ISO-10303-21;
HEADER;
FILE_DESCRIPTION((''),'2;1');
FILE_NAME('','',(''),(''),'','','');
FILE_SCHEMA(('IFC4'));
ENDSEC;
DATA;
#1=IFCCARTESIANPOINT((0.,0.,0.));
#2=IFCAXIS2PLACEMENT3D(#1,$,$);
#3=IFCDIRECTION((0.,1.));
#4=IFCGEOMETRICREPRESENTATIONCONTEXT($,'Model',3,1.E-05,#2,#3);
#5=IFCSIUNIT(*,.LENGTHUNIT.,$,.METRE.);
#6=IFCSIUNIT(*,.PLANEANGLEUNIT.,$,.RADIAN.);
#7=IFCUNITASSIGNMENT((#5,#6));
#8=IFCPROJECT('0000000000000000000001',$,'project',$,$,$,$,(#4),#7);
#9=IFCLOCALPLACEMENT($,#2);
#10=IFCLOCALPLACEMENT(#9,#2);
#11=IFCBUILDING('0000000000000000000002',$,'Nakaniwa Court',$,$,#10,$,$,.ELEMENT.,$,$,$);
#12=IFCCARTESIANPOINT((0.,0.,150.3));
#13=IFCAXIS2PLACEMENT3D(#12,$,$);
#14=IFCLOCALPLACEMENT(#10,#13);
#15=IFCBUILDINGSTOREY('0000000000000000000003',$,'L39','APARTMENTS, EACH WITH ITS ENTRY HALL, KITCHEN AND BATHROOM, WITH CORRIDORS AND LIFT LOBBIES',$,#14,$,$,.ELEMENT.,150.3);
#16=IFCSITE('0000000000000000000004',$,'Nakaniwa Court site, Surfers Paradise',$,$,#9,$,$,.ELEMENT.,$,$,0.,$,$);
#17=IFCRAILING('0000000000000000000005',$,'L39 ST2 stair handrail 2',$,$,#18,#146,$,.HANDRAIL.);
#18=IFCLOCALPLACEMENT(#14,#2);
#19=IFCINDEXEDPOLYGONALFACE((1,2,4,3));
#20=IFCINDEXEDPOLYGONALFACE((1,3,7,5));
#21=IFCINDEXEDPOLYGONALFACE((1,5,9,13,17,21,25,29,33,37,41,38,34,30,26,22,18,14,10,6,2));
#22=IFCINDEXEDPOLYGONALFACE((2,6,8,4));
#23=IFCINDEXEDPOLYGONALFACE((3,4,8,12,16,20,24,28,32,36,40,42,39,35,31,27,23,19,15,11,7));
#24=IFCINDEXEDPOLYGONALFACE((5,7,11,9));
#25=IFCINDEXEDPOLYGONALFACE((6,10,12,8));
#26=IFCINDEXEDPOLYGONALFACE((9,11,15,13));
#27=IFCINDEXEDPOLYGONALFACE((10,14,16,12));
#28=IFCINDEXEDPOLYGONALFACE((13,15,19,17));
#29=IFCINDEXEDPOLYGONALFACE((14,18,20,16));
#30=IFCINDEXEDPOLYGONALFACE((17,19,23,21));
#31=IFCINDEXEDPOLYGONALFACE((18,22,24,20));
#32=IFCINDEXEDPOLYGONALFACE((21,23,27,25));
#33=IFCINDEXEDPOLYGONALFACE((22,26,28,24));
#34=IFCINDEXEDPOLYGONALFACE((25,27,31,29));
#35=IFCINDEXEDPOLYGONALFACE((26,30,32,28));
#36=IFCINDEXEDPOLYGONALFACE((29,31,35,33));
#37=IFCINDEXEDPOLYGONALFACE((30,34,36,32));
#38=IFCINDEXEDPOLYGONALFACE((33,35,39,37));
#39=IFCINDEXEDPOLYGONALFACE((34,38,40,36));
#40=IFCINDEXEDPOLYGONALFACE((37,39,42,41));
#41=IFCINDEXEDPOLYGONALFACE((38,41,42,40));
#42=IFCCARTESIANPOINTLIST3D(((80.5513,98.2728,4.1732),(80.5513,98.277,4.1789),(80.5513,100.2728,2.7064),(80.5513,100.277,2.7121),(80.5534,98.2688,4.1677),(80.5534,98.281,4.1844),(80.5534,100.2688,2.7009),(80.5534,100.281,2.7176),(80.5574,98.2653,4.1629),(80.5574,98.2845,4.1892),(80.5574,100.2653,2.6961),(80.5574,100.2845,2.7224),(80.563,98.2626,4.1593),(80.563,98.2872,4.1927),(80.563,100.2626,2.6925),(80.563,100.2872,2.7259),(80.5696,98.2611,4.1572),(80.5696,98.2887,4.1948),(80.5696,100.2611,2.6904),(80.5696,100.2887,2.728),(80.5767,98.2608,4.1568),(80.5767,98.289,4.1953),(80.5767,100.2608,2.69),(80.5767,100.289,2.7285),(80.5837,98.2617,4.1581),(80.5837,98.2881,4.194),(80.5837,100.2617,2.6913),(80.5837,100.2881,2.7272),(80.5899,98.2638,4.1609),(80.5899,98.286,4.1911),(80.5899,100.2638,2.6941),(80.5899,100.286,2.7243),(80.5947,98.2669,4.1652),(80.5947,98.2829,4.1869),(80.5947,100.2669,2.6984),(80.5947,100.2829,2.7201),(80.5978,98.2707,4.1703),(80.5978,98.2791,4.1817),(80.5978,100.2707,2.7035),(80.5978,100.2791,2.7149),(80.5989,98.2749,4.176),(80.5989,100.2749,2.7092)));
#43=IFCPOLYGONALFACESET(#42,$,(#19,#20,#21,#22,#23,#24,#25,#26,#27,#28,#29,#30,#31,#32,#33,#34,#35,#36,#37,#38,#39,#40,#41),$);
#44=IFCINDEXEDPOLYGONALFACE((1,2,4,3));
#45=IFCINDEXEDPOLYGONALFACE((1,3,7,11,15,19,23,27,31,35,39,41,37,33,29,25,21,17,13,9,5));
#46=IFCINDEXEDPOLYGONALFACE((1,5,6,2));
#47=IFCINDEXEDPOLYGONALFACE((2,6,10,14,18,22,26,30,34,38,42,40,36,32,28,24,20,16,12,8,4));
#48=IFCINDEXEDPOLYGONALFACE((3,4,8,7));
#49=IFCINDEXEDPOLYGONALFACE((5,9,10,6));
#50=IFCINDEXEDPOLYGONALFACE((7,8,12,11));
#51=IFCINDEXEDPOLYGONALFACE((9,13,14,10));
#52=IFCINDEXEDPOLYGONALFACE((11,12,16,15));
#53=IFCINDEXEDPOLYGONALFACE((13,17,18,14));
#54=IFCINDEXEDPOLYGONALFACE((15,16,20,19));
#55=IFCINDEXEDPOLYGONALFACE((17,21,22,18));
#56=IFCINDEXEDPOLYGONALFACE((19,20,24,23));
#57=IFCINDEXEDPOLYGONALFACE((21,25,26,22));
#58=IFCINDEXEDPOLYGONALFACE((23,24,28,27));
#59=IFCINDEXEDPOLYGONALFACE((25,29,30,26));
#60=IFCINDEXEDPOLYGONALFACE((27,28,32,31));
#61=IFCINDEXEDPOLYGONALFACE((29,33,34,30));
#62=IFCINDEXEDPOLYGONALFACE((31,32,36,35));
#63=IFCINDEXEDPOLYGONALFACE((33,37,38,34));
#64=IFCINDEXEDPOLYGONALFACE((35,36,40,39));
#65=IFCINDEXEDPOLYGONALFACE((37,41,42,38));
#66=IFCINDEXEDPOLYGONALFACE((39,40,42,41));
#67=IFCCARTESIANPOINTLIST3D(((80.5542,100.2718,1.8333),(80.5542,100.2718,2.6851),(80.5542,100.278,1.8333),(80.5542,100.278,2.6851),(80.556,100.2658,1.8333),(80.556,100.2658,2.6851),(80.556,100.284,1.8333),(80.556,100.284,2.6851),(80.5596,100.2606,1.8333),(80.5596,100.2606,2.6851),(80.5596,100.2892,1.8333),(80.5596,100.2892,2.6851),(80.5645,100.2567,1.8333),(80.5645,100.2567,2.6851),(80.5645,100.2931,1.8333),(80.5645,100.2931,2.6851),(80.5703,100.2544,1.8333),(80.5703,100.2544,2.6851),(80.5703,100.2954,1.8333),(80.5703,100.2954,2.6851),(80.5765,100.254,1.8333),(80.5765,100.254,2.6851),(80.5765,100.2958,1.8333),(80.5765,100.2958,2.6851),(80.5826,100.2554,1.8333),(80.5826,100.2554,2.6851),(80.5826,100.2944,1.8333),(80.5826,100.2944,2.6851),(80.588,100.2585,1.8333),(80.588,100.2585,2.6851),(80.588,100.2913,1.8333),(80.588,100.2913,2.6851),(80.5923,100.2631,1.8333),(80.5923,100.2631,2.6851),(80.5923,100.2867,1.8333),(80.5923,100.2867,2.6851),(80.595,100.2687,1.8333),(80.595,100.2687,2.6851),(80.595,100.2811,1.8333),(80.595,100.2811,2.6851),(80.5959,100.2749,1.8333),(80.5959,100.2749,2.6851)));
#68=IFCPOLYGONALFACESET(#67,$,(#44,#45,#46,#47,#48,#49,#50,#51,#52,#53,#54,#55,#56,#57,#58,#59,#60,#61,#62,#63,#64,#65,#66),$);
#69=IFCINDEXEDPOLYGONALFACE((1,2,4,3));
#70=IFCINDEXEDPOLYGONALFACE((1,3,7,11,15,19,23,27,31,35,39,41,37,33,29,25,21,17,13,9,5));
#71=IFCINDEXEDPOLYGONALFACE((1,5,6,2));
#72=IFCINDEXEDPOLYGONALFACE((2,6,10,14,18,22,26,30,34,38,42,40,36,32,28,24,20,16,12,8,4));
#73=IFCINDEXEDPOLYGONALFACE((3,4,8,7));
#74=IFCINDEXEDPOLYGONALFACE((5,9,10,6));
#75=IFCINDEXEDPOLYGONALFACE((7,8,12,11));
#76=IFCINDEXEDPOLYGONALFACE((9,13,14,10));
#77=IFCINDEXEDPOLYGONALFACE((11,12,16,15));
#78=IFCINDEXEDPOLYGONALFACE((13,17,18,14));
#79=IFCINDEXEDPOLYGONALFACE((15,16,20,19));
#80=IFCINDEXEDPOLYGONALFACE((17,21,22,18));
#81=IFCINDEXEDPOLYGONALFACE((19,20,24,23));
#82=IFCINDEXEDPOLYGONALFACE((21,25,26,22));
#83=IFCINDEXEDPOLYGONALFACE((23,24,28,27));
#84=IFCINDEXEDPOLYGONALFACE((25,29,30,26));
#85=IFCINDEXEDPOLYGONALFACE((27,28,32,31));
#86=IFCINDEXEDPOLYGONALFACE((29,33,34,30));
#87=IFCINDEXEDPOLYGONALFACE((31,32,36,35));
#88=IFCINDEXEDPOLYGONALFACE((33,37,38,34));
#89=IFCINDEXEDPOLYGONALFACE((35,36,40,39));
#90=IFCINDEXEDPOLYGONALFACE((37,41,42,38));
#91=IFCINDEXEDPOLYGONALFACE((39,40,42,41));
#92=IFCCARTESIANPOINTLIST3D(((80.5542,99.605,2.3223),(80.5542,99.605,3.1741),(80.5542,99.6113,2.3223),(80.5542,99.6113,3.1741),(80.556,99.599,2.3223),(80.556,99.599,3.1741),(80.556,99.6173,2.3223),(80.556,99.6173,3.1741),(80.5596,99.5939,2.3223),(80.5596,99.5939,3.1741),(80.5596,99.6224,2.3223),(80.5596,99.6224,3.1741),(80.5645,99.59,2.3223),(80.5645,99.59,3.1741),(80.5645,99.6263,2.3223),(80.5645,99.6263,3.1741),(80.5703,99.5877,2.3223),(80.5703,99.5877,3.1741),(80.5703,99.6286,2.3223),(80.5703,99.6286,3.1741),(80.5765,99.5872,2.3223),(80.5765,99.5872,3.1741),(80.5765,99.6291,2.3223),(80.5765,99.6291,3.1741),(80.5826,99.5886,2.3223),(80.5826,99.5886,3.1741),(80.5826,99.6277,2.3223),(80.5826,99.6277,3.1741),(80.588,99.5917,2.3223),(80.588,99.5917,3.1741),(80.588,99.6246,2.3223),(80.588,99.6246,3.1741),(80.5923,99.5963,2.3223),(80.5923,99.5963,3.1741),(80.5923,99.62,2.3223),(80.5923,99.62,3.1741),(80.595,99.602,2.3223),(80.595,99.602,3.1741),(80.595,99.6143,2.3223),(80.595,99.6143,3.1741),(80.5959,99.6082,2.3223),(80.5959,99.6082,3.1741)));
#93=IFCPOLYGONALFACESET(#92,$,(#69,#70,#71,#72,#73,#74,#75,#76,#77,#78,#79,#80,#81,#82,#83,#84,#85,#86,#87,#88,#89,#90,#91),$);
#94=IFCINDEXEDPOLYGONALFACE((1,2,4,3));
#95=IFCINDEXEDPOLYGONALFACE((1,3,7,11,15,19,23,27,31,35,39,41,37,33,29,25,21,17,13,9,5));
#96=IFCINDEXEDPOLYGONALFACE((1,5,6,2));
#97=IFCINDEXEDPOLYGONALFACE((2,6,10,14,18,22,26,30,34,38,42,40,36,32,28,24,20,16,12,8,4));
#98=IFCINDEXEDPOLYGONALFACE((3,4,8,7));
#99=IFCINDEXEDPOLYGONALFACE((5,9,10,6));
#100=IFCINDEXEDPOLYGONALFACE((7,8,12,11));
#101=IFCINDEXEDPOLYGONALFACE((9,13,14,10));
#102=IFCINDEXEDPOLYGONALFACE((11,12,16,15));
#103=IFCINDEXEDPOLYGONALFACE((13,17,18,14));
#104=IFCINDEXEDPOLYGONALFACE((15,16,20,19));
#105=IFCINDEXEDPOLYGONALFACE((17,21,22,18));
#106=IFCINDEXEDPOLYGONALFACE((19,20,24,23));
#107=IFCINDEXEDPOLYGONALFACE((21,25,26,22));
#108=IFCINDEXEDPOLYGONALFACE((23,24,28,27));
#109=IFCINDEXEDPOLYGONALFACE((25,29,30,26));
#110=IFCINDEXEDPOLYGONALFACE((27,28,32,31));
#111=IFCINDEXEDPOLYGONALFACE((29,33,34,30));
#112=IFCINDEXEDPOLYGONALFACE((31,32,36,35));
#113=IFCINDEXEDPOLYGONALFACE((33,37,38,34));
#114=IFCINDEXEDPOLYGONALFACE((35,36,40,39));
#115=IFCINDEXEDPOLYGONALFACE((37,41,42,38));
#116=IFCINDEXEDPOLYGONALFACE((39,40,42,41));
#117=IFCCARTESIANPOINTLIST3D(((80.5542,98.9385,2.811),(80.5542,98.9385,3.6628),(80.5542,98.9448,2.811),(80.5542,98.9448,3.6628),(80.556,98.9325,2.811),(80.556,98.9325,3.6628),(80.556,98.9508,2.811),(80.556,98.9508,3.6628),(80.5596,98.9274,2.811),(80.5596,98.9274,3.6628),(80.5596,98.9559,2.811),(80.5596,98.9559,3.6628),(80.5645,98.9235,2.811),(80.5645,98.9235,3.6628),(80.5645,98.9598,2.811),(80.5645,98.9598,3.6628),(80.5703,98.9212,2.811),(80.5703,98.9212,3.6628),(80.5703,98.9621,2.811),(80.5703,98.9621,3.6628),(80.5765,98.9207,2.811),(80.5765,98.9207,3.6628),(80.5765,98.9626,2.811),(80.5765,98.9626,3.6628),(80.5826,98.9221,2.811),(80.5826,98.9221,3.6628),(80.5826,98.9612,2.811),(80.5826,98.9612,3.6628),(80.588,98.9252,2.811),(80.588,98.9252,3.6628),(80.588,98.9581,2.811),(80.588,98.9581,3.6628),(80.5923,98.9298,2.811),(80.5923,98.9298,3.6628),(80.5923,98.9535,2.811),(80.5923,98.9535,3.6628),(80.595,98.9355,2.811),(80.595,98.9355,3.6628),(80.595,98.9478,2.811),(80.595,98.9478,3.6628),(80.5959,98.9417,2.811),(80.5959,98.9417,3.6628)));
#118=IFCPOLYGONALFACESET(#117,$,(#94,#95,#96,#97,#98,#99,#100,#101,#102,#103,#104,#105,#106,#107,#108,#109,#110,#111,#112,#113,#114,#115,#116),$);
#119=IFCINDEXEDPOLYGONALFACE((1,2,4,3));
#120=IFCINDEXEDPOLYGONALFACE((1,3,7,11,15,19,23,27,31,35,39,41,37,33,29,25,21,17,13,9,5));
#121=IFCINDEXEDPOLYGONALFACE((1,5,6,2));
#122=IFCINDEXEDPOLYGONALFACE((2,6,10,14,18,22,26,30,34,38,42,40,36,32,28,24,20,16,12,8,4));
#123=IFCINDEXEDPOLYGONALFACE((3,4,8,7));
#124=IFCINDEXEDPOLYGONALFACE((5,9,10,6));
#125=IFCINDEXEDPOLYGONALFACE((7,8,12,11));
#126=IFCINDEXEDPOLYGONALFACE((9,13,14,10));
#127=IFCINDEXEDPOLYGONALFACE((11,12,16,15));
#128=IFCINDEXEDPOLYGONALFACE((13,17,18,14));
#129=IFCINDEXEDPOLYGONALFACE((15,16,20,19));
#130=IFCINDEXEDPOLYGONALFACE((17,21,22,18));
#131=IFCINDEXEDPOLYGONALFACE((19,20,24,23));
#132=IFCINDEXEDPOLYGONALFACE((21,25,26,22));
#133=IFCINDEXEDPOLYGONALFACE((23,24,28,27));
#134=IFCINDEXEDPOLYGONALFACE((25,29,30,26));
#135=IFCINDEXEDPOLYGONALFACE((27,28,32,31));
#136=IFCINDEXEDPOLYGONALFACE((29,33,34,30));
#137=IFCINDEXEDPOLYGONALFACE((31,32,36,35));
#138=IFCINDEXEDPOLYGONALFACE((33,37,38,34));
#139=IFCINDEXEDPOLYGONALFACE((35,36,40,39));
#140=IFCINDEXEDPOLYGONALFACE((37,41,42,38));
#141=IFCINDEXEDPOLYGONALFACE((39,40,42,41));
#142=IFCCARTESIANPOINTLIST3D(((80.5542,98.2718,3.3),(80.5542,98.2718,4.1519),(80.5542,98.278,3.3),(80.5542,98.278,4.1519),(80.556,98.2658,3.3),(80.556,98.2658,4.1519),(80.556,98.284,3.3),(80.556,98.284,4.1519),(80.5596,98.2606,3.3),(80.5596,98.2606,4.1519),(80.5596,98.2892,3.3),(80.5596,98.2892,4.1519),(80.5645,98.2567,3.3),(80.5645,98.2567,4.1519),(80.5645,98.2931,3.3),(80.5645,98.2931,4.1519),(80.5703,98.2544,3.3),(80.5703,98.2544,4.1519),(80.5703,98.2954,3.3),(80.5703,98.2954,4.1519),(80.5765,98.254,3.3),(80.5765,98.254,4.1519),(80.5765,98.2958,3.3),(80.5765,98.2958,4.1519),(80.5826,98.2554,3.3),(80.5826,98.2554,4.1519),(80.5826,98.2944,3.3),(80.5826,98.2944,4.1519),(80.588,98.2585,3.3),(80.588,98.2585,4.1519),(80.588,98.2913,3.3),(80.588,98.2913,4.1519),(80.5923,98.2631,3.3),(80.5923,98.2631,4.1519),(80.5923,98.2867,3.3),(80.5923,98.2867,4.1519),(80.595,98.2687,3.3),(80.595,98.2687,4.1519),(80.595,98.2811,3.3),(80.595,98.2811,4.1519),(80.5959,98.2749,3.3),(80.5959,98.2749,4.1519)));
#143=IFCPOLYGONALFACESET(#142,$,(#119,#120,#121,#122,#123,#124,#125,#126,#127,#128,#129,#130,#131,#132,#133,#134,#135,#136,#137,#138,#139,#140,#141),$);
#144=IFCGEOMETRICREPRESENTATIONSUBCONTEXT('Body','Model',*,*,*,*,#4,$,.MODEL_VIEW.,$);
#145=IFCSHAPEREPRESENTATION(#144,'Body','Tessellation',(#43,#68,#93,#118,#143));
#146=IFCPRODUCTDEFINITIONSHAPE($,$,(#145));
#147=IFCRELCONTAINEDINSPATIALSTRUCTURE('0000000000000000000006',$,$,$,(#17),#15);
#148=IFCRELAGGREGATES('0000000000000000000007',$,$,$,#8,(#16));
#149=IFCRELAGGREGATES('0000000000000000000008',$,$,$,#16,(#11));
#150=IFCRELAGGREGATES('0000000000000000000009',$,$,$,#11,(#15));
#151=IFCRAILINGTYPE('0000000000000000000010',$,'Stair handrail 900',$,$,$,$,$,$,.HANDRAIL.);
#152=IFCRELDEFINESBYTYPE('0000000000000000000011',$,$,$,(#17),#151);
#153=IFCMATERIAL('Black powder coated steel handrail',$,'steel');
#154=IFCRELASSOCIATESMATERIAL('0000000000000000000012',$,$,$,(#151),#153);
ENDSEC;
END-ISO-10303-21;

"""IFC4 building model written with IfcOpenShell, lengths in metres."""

from ifc_helpers import new_model, si_unit, direction, frame, origin, origin_2d, place, context, subcontext, project, spatial, circle, extrude, material, type_object, element, save


model = new_model("IFC4")

# Units and contexts
model_context = context("Model", 3, precision=1e-05, world=origin(), true_north=direction((0.0, 1.0)))
body_context = subcontext(model_context, "Body", "Model", "MODEL_VIEW")
ifc_project = project(units=[si_unit("LENGTHUNIT", "METRE"), si_unit("PLANEANGLEUNIT", "RADIAN")], contexts=[model_context])

# Site, building, storey
site_placement = place(None, origin())
site = spatial("IfcSite", under=ifc_project, at=site_placement, Name="Nakaniwa Court site, Surfers Paradise", CompositionType="ELEMENT", RefElevation=0.0)
building_placement = place(site_placement, origin())
building = spatial("IfcBuilding", under=site, at=building_placement, Name="Nakaniwa Court", CompositionType="ELEMENT")
storey_placement = place(building_placement, frame((0.0, 0.0, 150.3)))
storey = spatial("IfcBuildingStorey", under=building, at=storey_placement, Name="L39", Description="APARTMENTS, EACH WITH ITS ENTRY HALL, KITCHEN AND BATHROOM, WITH CORRIDORS AND LIFT LOBBIES", CompositionType="ELEMENT", Elevation=150.3)

# Railing
ifc_material_1 = material(Name="Black powder coated steel handrail", Category="steel")
railing_type_1 = type_object("IfcRailingType", Name="Stair handrail 900", PredefinedType="HANDRAIL", material=ifc_material_1)
railing_1_placement = place(storey_placement, frame((80.575, 100.2749, 1.8333)))
element("IfcRailing", 1, at=railing_1_placement, inside=storey, type_object=railing_type_1, Name="L39 ST2 stair handrail 2", PredefinedType="HANDRAIL", context=body_context, shape_type="SweptSolid", body=[
    extrude(circle(Radius=0.0239, at=origin_2d()), frame((0.0, 0.0, 0.876), z_axis=(0.0, -0.80638, 0.591398), x_axis=(1.0, 0.0, 0.0)), (0.0, 0.0, 1.0), 2.4802),
    extrude(circle(Radius=0.021, at=origin_2d()), origin(), (0.0, 0.0, 1.0), 0.8518),
    extrude(circle(Radius=0.021, at=origin_2d()), frame((0.0, -0.6667, 0.489)), (0.0, 0.0, 1.0), 0.8518),
    extrude(circle(Radius=0.021, at=origin_2d()), frame((0.0, -1.3333, 0.9778)), (0.0, 0.0, 1.0), 0.8518),
    extrude(circle(Radius=0.021, at=origin_2d()), frame((0.0, -2.0, 1.4668)), (0.0, 0.0, 1.0), 0.8518),
])

save(model, "model.ifc")
